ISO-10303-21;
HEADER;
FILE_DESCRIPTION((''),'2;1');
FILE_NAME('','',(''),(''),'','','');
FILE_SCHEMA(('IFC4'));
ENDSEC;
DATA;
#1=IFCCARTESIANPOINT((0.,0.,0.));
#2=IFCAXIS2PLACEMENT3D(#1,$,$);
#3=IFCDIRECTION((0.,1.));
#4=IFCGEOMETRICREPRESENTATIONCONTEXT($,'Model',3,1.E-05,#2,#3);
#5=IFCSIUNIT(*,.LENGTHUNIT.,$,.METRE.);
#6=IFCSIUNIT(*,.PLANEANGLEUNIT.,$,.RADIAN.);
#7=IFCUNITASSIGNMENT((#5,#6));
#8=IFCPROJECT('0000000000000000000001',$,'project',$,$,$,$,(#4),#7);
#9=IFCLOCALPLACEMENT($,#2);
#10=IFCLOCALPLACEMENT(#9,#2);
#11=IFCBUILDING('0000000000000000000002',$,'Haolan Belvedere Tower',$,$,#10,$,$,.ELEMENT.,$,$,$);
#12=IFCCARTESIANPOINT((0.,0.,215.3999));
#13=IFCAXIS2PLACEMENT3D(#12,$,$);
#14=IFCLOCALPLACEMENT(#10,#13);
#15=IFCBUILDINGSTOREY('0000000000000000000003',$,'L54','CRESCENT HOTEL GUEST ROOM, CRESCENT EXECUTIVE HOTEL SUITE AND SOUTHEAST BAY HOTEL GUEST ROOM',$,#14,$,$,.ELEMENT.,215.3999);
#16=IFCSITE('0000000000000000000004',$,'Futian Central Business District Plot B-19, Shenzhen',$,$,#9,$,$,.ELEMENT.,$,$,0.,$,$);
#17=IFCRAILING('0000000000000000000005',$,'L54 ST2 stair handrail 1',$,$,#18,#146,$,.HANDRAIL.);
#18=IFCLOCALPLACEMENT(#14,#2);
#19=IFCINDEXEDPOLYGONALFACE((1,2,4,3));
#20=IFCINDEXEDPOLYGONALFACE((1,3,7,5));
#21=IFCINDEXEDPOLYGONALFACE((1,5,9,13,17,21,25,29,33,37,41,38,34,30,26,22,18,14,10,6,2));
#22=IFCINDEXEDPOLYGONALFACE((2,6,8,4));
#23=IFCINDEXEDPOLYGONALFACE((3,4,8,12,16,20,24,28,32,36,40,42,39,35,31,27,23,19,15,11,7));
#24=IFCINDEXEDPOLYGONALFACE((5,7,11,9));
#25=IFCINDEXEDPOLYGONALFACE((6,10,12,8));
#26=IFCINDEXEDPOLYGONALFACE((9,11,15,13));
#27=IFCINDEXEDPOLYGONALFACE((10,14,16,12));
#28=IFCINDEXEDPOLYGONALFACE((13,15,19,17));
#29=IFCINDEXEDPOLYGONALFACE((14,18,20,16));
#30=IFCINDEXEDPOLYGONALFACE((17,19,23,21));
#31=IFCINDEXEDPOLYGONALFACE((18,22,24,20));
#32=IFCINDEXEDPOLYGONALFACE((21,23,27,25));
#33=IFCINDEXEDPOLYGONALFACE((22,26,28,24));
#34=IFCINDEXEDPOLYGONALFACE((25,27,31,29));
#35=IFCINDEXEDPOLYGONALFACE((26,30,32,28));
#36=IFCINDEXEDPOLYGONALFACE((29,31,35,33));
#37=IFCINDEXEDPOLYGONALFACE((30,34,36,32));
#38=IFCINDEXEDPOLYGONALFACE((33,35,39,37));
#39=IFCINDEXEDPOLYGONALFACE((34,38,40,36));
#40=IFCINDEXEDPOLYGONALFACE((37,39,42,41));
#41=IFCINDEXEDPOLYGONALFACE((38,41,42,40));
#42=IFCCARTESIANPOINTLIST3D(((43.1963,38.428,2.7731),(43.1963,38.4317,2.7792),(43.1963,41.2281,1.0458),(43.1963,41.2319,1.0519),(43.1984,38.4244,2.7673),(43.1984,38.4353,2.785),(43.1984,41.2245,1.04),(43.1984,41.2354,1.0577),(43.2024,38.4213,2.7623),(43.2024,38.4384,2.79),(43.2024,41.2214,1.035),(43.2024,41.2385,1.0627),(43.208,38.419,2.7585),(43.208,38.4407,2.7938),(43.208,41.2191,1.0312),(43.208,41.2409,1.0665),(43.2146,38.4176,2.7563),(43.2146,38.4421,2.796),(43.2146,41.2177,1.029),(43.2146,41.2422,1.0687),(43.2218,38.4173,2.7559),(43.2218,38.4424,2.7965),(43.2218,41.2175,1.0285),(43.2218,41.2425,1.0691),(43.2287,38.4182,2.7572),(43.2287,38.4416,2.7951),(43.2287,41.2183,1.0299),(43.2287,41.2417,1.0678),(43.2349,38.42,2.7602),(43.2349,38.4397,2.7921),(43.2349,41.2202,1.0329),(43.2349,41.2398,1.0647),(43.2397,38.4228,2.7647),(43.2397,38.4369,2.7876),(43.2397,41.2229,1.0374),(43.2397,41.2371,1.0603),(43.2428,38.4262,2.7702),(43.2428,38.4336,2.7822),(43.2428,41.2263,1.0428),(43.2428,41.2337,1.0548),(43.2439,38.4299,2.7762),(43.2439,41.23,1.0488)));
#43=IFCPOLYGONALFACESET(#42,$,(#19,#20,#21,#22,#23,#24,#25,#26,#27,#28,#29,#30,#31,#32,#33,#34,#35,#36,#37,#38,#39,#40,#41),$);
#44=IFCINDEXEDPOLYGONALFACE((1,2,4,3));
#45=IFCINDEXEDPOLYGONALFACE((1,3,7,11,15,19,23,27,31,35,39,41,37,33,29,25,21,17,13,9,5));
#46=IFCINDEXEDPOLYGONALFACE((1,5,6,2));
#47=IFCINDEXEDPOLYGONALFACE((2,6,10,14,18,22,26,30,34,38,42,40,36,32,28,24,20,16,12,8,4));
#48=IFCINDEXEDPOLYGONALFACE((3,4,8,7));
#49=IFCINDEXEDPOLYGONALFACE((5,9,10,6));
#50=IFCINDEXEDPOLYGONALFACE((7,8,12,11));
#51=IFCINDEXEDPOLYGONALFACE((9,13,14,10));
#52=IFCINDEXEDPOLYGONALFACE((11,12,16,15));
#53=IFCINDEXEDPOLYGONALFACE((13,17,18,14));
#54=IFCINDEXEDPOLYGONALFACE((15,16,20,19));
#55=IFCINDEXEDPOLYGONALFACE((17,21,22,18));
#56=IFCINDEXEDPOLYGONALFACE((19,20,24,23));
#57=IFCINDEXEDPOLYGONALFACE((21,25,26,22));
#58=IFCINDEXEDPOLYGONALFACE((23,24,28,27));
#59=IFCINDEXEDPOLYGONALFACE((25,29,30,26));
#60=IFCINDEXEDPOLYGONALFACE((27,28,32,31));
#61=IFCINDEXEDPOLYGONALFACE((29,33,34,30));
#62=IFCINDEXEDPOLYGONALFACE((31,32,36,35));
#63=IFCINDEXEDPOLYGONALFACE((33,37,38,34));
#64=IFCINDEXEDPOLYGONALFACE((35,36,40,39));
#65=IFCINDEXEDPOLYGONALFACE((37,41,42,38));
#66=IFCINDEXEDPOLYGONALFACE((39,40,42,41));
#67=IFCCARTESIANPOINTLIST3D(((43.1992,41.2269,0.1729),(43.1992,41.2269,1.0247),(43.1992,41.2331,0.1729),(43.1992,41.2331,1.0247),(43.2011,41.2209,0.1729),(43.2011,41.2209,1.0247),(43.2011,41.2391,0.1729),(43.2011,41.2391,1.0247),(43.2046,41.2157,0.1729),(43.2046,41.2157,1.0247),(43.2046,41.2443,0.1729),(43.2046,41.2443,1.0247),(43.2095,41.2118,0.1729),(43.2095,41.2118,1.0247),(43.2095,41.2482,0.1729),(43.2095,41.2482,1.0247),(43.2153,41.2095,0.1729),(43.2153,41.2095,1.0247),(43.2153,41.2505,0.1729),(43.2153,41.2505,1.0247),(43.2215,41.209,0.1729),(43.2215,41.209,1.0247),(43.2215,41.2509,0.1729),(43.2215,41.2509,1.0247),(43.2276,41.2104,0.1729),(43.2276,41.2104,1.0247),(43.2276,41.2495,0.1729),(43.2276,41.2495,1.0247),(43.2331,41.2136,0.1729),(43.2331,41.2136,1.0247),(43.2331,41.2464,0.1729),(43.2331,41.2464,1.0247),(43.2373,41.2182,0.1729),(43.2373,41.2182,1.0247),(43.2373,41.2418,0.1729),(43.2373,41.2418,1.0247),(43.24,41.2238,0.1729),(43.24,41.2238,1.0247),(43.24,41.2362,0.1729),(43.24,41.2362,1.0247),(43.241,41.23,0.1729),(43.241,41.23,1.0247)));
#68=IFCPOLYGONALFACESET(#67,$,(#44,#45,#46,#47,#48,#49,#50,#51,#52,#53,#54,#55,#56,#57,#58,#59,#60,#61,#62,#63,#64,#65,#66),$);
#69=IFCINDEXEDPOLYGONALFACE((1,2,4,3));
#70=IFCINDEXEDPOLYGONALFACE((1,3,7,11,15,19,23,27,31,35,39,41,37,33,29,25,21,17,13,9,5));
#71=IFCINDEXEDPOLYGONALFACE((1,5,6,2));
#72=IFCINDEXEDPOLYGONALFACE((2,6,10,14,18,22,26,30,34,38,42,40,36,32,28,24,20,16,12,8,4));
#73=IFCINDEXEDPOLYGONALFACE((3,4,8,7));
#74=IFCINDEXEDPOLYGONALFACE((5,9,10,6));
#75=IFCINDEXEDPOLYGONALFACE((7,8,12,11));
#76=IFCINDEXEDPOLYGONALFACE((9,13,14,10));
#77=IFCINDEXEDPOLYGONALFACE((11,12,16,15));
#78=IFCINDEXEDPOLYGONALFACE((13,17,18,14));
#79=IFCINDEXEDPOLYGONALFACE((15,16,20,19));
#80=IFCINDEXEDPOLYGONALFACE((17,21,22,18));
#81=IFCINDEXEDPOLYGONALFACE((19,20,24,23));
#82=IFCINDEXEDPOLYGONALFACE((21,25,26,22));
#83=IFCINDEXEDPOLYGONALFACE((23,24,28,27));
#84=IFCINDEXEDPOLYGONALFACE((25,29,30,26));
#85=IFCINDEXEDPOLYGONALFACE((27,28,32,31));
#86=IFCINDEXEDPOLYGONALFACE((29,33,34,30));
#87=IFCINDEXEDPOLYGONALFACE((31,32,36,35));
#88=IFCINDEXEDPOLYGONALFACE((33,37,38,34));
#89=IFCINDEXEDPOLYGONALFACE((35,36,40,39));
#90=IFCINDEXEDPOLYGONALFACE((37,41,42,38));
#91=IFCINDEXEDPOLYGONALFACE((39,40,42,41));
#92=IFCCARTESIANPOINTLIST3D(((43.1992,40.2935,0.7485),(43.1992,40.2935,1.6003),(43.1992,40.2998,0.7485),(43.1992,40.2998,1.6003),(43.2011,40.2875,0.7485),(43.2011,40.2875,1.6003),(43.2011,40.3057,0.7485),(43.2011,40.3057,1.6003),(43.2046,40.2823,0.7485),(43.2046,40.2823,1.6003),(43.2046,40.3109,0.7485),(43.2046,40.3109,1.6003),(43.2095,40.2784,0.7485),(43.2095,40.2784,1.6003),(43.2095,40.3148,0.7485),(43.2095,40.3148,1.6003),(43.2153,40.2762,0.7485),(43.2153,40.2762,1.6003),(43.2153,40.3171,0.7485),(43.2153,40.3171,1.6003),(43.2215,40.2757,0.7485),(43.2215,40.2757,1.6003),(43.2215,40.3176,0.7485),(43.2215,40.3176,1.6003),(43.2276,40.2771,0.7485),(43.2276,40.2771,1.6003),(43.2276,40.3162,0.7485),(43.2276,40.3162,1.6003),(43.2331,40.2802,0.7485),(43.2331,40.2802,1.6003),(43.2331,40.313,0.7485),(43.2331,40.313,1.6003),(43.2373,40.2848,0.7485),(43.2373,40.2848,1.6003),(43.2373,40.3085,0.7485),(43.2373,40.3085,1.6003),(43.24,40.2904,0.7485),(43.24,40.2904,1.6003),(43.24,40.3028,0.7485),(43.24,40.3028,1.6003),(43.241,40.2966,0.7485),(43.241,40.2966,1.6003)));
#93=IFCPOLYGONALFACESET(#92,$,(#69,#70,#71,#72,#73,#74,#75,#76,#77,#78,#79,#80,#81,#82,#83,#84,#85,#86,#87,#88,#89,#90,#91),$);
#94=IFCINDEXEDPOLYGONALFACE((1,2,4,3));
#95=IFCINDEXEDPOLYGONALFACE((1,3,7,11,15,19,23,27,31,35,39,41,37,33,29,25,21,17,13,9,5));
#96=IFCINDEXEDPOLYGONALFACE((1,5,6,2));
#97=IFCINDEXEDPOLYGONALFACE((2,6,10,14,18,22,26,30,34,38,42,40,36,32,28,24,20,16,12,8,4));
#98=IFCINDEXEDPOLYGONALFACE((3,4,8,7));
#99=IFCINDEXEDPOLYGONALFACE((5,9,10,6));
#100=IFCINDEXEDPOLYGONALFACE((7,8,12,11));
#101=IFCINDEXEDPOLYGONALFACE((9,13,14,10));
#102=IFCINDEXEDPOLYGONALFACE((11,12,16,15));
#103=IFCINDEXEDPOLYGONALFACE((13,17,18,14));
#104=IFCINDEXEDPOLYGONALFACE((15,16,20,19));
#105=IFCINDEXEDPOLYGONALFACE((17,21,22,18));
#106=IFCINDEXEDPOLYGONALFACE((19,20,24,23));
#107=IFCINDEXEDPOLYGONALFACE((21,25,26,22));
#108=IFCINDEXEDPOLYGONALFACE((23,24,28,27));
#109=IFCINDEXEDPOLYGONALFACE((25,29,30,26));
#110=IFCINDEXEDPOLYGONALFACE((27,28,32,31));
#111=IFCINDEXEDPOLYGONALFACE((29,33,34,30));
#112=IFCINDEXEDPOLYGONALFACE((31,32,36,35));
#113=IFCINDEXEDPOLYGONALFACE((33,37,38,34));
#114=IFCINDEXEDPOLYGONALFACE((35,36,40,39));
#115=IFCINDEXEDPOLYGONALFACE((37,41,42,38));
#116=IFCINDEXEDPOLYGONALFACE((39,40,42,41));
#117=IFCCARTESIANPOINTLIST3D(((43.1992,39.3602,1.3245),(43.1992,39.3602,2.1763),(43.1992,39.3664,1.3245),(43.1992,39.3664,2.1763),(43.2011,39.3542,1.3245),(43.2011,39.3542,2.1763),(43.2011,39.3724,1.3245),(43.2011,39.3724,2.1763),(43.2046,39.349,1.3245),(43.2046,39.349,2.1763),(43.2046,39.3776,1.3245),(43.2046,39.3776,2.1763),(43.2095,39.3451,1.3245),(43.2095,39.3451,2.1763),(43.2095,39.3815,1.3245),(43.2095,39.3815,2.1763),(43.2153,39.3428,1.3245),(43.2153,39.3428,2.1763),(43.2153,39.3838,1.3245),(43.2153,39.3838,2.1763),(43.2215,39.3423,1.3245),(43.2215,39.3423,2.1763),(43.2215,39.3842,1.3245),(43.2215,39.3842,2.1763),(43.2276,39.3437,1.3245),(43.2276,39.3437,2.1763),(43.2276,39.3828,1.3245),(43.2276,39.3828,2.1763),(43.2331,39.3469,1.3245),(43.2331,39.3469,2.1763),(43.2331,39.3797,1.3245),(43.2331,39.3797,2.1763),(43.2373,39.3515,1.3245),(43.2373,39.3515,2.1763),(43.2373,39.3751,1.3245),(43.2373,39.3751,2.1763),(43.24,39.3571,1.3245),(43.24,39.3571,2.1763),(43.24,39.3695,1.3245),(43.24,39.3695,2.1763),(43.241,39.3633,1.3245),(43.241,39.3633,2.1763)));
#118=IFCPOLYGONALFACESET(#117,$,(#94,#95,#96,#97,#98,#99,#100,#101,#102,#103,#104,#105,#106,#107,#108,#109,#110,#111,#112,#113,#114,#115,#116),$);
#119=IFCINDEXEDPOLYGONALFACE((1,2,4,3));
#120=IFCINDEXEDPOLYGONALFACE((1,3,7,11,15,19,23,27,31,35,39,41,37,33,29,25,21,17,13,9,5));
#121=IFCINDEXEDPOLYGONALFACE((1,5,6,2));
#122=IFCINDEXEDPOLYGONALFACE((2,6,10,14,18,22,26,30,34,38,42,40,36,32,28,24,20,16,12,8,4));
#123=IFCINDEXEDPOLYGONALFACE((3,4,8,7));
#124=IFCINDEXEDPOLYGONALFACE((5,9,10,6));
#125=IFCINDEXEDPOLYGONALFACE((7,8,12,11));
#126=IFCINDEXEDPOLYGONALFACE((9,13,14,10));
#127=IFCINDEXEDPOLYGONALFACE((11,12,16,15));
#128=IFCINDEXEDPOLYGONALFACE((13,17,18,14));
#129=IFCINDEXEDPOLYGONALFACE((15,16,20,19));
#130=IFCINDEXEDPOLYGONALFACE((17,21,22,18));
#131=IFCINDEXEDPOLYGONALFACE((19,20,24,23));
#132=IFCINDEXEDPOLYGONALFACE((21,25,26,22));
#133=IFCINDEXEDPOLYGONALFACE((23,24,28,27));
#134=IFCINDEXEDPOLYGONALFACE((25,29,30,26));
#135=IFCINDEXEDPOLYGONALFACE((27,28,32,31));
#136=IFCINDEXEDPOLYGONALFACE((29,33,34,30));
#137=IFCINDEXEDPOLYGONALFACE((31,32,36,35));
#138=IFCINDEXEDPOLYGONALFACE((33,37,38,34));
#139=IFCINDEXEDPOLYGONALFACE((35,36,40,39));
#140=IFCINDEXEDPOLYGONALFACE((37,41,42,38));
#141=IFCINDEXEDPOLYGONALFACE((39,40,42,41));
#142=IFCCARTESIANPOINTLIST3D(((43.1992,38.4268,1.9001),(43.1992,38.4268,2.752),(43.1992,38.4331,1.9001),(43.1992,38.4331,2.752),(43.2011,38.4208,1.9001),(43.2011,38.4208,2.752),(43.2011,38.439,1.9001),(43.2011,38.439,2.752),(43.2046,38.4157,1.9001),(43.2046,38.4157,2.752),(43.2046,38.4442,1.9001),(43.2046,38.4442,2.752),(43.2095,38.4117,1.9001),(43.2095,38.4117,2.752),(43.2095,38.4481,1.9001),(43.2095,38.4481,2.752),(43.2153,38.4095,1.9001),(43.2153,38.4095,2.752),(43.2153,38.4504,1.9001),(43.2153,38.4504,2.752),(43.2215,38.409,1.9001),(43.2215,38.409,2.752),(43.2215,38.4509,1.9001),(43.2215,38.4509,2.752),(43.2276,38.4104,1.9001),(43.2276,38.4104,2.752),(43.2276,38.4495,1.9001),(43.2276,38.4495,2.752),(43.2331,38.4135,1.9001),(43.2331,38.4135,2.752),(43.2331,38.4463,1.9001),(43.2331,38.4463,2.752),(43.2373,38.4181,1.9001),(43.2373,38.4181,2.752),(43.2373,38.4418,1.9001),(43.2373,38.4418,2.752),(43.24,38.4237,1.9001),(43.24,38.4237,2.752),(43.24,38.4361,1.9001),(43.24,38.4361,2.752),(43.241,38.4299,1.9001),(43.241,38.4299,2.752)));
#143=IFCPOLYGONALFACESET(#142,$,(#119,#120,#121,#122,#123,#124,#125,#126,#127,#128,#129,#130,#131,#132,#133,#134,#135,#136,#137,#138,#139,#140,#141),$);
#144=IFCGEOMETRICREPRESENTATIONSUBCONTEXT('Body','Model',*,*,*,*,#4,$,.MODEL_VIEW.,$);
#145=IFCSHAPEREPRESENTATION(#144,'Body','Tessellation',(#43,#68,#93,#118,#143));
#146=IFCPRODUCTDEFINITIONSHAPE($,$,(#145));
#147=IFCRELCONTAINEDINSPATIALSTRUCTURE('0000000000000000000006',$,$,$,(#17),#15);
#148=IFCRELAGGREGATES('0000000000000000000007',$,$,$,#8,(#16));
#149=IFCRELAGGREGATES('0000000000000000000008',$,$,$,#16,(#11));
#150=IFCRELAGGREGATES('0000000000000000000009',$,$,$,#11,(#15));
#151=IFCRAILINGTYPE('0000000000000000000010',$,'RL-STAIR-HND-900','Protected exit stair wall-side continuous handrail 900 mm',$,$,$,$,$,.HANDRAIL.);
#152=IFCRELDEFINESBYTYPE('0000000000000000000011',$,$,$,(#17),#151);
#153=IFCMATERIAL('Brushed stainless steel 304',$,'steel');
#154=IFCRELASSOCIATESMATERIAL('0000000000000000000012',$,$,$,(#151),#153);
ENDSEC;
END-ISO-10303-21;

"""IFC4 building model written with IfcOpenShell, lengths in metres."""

from ifc_helpers import new_model, si_unit, direction, frame, origin, origin_2d, place, context, subcontext, project, spatial, circle, extrude, material, type_object, element, save


model = new_model("IFC4")

# Units and contexts
model_context = context("Model", 3, precision=1e-05, world=origin(), true_north=direction((0.0, 1.0)))
body_context = subcontext(model_context, "Body", "Model", "MODEL_VIEW")
ifc_project = project(units=[si_unit("LENGTHUNIT", "METRE"), si_unit("PLANEANGLEUNIT", "RADIAN")], contexts=[model_context])

# Site, building, storey
site_placement = place(None, origin())
site = spatial("IfcSite", under=ifc_project, at=site_placement, Name="Futian Central Business District Plot B-19, Shenzhen", CompositionType="ELEMENT", RefElevation=0.0)
building_placement = place(site_placement, origin())
building = spatial("IfcBuilding", under=site, at=building_placement, Name="Haolan Belvedere Tower", CompositionType="ELEMENT")
storey_placement = place(building_placement, frame((0.0, 0.0, 215.3999)))
storey = spatial("IfcBuildingStorey", under=building, at=storey_placement, Name="L54", Description="CRESCENT HOTEL GUEST ROOM, CRESCENT EXECUTIVE HOTEL SUITE AND SOUTHEAST BAY HOTEL GUEST ROOM", CompositionType="ELEMENT", Elevation=215.3999)

# Railing
ifc_material_1 = material(Name="Brushed stainless steel 304", Category="steel")
railing_type_1 = type_object("IfcRailingType", Name="RL-STAIR-HND-900", Description="Protected exit stair wall-side continuous handrail 900 mm", PredefinedType="HANDRAIL", material=ifc_material_1)
railing_1_placement = place(storey_placement, frame((43.22, 41.23, 0.1729)))
element("IfcRailing", 1, at=railing_1_placement, inside=storey, type_object=railing_type_1, Name="L54 ST2 stair handrail 1", PredefinedType="HANDRAIL", context=body_context, shape_type="SweptSolid", body=[
    extrude(circle(Radius=0.0239, at=origin_2d()), frame((0.0, 0.0, 0.876), z_axis=(0.0, -0.85109, 0.52502), x_axis=(1.0, 0.0, 0.0)), (0.0, 0.0, 1.0), 3.29),
    extrude(circle(Radius=0.021, at=origin_2d()), origin(), (0.0, 0.0, 1.0), 0.8518),
    extrude(circle(Radius=0.021, at=origin_2d()), frame((0.0, -0.9333, 0.5757)), (0.0, 0.0, 1.0), 0.8518),
    extrude(circle(Radius=0.021, at=origin_2d()), frame((0.0, -1.8667, 1.1516)), (0.0, 0.0, 1.0), 0.8518),
    extrude(circle(Radius=0.021, at=origin_2d()), frame((0.0, -2.8, 1.7273)), (0.0, 0.0, 1.0), 0.8518),
])

save(model, "model.ifc")
